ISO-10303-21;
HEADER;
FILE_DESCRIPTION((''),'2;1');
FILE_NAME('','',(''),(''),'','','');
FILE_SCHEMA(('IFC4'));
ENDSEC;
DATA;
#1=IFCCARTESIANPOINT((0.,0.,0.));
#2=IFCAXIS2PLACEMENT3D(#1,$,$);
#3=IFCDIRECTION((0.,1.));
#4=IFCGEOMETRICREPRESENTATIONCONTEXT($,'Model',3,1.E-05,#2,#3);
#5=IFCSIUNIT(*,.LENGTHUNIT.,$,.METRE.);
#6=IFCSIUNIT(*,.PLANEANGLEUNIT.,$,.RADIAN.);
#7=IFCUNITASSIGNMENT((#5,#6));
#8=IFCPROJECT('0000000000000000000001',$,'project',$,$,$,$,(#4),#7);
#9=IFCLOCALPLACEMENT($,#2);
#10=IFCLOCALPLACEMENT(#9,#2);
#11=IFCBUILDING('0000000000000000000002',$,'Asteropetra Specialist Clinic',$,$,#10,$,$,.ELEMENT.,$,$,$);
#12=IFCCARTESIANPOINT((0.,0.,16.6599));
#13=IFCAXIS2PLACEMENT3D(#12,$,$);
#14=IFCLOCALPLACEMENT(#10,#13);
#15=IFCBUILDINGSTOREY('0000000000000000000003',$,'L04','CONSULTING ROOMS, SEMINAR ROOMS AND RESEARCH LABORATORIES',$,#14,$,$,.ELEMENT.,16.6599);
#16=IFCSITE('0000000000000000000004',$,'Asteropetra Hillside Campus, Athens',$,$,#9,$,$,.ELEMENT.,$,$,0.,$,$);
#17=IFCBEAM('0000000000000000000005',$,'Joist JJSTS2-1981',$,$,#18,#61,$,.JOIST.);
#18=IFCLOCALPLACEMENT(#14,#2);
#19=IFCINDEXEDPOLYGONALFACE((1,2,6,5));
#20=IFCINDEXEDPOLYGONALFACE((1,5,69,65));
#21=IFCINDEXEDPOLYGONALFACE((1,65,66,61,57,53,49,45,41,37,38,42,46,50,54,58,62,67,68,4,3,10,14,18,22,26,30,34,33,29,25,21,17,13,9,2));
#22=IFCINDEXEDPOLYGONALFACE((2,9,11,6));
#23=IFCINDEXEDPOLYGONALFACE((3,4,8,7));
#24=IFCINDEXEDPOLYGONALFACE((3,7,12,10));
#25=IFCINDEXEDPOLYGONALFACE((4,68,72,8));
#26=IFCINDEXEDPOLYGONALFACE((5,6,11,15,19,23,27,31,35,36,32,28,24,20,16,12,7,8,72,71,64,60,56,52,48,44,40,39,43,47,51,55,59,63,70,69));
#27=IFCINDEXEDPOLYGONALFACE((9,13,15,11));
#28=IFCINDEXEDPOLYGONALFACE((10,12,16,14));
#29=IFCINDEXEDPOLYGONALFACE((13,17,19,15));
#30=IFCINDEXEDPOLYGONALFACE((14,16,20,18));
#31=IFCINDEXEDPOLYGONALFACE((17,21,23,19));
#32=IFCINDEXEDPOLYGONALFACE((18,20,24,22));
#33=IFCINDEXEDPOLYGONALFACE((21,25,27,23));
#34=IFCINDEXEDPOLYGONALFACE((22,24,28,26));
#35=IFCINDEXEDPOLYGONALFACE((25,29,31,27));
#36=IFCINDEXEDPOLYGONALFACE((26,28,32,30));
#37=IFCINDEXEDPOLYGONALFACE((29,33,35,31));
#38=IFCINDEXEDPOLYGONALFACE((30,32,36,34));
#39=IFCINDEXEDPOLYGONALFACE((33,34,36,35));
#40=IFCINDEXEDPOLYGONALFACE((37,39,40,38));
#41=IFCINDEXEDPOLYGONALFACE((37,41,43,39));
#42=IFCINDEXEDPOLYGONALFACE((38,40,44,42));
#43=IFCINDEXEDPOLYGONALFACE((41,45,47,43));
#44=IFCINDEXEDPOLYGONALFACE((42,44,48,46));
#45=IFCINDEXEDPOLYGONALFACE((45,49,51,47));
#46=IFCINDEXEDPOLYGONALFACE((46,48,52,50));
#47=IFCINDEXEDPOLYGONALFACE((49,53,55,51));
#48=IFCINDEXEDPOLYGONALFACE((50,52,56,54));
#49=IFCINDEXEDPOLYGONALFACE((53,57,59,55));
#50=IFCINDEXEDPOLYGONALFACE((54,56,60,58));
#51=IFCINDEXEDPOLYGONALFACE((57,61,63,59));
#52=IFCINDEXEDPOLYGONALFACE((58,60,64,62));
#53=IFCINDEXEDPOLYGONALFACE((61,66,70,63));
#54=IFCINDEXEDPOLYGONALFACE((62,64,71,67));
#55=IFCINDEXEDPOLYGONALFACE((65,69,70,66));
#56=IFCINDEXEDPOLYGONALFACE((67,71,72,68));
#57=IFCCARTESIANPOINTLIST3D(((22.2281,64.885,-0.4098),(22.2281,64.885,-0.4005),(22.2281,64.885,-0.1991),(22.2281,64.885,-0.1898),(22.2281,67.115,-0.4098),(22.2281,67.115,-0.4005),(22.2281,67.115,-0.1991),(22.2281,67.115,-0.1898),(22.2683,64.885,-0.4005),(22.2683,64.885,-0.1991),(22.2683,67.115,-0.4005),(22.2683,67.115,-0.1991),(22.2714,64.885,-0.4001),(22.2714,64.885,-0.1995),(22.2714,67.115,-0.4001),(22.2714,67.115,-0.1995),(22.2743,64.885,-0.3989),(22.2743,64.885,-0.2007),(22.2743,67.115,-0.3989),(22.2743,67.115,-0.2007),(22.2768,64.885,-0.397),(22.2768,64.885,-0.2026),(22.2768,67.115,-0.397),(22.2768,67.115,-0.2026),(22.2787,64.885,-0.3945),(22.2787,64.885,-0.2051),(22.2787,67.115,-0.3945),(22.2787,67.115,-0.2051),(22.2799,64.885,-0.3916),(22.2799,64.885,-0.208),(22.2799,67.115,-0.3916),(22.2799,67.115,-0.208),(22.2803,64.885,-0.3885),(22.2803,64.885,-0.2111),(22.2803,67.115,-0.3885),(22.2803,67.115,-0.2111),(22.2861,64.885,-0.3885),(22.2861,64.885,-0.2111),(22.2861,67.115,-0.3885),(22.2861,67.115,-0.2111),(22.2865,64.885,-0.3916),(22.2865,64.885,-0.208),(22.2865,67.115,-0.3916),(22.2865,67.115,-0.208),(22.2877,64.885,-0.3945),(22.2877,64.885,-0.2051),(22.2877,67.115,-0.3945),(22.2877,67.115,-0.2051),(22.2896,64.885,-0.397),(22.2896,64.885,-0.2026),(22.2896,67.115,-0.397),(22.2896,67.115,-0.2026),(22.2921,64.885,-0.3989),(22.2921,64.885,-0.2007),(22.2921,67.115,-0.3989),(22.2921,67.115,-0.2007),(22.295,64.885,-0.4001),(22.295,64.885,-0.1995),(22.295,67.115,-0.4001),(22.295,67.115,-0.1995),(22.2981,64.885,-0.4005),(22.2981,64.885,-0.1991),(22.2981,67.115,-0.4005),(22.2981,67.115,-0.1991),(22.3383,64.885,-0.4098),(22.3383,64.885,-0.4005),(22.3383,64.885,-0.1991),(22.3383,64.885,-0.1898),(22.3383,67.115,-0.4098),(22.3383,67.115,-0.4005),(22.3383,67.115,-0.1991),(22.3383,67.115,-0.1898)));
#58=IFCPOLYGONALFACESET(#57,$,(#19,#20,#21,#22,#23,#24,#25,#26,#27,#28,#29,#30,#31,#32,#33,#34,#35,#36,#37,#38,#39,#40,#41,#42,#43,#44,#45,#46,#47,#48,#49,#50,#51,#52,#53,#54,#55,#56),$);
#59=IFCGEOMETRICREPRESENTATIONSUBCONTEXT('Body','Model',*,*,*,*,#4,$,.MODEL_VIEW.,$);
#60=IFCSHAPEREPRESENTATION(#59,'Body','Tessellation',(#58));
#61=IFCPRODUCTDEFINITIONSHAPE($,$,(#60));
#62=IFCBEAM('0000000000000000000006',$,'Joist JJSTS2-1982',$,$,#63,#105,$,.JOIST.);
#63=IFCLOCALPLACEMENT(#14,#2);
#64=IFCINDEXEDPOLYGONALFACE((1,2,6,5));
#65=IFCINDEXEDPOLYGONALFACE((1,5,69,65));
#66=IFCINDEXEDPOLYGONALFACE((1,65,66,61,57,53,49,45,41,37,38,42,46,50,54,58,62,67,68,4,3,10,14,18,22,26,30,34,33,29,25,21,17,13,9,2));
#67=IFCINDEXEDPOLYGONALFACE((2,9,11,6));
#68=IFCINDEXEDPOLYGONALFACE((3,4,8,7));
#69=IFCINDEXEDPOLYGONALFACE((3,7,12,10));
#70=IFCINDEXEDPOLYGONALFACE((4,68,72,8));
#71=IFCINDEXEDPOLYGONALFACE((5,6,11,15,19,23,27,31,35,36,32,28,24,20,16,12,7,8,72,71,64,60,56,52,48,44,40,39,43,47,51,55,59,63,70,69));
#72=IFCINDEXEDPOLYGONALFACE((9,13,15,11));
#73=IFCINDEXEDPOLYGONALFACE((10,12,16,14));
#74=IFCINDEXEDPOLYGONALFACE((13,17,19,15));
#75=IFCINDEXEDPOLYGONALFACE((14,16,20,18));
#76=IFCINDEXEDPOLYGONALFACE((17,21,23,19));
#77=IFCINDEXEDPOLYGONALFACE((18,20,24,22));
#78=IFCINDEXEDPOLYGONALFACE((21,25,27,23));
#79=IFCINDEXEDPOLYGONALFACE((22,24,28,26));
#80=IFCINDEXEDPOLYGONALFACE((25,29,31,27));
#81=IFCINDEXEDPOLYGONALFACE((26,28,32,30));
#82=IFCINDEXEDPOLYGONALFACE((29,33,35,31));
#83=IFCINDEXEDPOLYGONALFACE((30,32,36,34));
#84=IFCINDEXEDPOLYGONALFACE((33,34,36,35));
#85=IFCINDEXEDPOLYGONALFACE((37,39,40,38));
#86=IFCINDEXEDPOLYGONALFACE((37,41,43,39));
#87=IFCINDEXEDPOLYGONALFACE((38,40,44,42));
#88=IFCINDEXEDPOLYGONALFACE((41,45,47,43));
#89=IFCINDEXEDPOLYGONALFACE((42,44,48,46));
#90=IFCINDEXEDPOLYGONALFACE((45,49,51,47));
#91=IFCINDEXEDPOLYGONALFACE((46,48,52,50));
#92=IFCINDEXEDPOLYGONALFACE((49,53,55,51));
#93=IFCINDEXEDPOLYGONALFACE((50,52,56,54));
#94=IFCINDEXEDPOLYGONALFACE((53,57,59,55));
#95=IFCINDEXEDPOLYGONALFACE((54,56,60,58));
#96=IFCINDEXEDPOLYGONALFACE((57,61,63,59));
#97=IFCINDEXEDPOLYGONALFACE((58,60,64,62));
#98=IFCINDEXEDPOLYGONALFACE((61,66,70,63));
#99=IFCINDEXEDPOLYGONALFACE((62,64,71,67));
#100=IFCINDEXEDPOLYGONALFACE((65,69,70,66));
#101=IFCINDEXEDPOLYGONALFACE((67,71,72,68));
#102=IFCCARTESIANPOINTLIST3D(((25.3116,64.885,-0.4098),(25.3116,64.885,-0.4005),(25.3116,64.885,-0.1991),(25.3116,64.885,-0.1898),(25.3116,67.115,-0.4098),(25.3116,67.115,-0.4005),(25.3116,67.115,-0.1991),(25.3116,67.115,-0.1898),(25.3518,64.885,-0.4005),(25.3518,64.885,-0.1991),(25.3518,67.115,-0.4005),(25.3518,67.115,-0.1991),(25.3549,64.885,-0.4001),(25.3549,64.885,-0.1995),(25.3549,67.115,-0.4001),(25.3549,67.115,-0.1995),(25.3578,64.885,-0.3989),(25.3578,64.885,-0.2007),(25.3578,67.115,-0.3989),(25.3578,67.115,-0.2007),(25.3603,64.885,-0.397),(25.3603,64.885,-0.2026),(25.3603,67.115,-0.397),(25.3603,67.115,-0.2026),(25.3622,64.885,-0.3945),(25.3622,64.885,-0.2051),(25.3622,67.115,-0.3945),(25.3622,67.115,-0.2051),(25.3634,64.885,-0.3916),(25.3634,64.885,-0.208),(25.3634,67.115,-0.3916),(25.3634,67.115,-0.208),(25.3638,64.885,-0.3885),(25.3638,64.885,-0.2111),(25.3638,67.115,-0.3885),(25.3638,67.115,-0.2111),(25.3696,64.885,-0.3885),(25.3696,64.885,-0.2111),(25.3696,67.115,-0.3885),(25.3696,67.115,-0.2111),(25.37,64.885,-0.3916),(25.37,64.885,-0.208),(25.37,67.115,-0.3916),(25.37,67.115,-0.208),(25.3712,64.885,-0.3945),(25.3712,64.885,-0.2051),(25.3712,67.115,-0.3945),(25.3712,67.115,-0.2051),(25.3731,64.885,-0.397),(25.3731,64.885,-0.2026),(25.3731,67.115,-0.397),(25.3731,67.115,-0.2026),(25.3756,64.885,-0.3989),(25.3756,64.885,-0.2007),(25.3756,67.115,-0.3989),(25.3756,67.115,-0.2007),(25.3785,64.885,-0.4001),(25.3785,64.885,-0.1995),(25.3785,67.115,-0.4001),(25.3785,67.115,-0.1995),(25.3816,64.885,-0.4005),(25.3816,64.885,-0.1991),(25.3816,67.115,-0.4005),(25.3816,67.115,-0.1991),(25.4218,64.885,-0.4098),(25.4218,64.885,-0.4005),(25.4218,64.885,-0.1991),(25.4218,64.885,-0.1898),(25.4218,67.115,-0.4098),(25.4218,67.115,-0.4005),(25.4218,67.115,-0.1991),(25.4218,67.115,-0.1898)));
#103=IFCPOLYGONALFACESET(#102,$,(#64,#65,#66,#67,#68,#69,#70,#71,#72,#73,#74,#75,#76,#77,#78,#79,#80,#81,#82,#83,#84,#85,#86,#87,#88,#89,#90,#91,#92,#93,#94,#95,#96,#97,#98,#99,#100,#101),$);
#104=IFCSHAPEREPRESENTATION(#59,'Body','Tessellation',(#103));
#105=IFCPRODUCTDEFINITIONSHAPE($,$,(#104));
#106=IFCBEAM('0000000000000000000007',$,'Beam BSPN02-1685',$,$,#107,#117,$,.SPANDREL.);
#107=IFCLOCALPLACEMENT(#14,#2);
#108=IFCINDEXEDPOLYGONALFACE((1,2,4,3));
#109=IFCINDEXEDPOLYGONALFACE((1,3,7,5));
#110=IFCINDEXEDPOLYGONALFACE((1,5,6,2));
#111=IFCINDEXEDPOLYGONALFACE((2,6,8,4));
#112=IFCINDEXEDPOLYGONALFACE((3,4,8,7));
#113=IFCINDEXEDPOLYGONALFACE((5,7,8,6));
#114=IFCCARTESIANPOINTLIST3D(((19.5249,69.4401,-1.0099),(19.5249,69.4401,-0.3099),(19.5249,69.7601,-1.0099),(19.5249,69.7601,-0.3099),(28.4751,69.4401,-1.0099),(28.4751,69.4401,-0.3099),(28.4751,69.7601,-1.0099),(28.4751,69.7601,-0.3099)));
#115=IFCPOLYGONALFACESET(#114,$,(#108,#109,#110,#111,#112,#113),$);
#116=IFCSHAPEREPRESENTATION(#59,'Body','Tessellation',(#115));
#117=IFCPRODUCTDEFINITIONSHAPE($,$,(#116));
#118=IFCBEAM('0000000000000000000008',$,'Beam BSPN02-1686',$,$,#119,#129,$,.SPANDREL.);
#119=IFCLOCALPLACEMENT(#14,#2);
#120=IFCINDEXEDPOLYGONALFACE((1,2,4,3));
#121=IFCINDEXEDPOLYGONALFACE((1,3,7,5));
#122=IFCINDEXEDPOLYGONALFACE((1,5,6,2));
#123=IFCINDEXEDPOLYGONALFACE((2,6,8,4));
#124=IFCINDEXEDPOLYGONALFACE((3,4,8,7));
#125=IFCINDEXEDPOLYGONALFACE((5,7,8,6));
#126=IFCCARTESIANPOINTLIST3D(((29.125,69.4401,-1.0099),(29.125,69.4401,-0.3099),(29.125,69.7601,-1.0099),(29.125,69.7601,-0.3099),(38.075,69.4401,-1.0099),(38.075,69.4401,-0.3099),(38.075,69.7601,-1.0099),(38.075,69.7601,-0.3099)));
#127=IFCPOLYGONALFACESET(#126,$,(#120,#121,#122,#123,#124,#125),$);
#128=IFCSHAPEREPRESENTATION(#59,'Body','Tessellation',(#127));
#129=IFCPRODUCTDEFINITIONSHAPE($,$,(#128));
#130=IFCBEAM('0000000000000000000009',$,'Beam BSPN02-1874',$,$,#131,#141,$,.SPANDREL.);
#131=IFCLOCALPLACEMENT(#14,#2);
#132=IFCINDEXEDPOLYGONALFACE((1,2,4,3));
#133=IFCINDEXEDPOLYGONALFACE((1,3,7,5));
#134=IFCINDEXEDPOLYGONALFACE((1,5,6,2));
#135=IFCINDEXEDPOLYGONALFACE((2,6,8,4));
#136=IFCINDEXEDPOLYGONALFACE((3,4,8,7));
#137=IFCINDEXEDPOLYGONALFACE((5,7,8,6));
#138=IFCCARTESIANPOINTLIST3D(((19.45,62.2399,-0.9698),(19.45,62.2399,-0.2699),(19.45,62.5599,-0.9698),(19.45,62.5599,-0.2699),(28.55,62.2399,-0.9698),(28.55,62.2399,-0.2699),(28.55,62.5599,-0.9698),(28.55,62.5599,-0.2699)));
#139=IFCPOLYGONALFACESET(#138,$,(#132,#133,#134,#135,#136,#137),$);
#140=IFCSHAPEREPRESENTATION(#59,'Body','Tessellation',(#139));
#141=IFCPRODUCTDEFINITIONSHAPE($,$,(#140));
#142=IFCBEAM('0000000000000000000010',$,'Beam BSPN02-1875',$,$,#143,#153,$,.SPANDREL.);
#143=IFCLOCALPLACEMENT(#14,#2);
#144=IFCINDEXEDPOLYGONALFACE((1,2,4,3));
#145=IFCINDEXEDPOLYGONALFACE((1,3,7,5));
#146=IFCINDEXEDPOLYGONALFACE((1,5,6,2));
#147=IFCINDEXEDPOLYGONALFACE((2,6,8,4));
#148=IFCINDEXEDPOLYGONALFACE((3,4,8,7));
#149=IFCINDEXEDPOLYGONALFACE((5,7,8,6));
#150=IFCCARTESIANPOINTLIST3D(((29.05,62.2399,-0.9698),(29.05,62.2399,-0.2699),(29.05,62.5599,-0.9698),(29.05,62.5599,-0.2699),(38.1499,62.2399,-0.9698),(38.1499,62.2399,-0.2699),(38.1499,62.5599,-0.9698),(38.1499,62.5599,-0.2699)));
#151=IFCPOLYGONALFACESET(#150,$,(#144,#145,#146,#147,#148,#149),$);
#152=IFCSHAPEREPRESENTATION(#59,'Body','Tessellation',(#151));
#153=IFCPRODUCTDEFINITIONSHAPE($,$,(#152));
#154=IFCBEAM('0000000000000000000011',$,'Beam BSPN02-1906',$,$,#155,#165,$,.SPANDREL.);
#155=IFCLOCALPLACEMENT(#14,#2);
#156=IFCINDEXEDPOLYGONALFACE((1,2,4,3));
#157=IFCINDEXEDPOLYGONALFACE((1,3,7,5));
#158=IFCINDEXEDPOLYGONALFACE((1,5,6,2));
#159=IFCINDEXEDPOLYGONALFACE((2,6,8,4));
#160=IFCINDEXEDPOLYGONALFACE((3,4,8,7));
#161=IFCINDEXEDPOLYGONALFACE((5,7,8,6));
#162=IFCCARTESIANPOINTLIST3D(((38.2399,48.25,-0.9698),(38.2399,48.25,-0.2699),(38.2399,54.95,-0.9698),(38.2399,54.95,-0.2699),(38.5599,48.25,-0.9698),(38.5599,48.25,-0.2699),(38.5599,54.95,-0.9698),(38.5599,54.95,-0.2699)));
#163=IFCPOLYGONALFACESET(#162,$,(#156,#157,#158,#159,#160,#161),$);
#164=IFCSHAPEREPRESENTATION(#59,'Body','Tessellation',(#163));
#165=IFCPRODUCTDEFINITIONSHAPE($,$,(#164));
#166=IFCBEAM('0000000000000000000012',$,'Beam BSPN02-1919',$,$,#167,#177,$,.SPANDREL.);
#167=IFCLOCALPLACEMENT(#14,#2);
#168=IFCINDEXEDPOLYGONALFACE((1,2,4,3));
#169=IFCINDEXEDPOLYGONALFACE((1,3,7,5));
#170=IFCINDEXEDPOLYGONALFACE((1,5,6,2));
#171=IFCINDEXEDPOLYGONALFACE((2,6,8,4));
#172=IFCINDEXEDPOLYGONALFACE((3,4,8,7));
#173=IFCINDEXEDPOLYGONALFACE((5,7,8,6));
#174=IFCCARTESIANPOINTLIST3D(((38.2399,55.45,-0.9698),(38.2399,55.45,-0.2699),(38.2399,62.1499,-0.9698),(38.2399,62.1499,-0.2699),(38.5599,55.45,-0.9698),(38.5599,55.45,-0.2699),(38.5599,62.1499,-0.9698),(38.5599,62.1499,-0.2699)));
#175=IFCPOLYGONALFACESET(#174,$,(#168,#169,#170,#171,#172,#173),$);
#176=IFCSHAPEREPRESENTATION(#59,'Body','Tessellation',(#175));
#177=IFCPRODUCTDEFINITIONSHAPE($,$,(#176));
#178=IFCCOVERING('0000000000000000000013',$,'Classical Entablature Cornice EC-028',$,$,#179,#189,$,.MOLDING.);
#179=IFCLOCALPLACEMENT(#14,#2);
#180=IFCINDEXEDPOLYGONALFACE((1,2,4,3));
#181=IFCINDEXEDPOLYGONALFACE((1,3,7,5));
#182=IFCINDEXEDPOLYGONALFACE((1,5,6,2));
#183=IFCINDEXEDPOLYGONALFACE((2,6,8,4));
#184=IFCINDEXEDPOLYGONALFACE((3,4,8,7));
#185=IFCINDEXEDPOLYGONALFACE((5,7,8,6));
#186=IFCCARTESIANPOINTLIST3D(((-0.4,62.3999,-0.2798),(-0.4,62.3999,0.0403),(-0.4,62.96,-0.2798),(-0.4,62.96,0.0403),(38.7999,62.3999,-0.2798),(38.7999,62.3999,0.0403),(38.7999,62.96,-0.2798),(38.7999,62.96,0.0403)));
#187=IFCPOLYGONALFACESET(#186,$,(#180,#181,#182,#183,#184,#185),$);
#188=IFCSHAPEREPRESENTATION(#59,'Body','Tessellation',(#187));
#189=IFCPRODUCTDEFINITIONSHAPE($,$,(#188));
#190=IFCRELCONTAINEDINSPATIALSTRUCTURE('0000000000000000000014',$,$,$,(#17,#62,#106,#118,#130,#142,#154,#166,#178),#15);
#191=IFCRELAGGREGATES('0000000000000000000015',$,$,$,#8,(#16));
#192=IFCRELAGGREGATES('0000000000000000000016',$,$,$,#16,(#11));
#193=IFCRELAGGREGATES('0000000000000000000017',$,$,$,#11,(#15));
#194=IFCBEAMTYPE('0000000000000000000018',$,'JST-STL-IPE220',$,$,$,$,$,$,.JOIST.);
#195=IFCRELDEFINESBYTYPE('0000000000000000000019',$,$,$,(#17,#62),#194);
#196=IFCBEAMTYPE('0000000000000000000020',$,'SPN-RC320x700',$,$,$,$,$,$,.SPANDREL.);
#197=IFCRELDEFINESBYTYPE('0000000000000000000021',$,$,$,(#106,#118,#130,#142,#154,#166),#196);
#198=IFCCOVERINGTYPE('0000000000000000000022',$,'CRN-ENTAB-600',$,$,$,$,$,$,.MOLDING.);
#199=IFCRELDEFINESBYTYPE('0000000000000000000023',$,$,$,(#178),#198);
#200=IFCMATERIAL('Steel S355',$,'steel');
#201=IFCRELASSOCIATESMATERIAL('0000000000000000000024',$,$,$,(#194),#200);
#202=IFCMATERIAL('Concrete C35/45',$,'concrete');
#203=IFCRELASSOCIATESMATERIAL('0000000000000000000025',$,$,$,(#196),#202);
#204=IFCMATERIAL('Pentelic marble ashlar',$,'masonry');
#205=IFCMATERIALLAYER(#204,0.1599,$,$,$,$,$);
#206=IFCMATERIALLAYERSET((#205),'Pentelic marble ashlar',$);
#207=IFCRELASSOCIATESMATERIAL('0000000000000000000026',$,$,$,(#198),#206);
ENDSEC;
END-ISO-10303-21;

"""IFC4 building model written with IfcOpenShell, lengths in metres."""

from ifc_helpers import new_model, si_unit, direction, frame, origin, origin_2d, place, context, subcontext, project, spatial, rectangle, i_section, extrude, material, layer, layer_set, material_profile, profile_set, type_object, element, save


model = new_model("IFC4")

# Units and contexts
model_context = context("Model", 3, precision=1e-05, world=origin(), true_north=direction((0.0, 1.0)))
body_context = subcontext(model_context, "Body", "Model", "MODEL_VIEW")
ifc_project = project(units=[si_unit("LENGTHUNIT", "METRE"), si_unit("PLANEANGLEUNIT", "RADIAN")], contexts=[model_context])

# Site, building, storey
site_placement = place(None, origin())
site = spatial("IfcSite", under=ifc_project, at=site_placement, Name="Asteropetra Hillside Campus, Athens", CompositionType="ELEMENT", RefElevation=0.0)
building_placement = place(site_placement, origin())
building = spatial("IfcBuilding", under=site, at=building_placement, Name="Asteropetra Specialist Clinic", CompositionType="ELEMENT")
storey_placement = place(building_placement, frame((0.0, 0.0, 16.6599)))
storey = spatial("IfcBuildingStorey", under=building, at=storey_placement, Name="L04", Description="CONSULTING ROOMS, SEMINAR ROOMS AND RESEARCH LABORATORIES", CompositionType="ELEMENT", Elevation=16.6599)

# Beams
ifc_material_1 = material(Name="Steel S355", Category="steel")
ifc_material_profile_1 = material_profile(ifc_material_1, i_section(OverallWidth=0.1101, OverallDepth=0.22, WebThickness=0.0059, FlangeThickness=0.0093, FilletRadius=0.012, at=origin_2d()), Name="IPE 220")
ifc_profile_set_1 = profile_set([ifc_material_profile_1], Name="Steel S355")
beam_type_1 = type_object("IfcBeamType", Name="JST-STL-IPE220", PredefinedType="JOIST", material=ifc_profile_set_1)
for number, where, z_axis, x_axis, name in (
    (1, (22.2832, 64.885, -0.2998), (0.0, 1.0, 0.0), (-1.0, 0.0, 0.0), "Joist JJSTS2-1981"),
    (2, (25.3667, 64.885, -0.2998), (0.0, 1.0, 0.0), (-1.0, 0.0, 0.0), "Joist JJSTS2-1982"),
):
    element("IfcBeam", number, at=place(storey_placement, frame(where, z_axis=z_axis, x_axis=x_axis)), inside=storey, type_object=beam_type_1, Name=name, PredefinedType="JOIST", context=body_context, shape_type="SweptSolid", body=[
        extrude(i_section(OverallWidth=0.1101, OverallDepth=0.22, WebThickness=0.0059, FlangeThickness=0.0093, FilletRadius=0.012, at=origin_2d()), origin(), (0.0, 0.0, 1.0), 2.23),
    ])
ifc_material_2 = material(Name="Concrete C35/45", Category="concrete")
ifc_material_profile_2 = material_profile(ifc_material_2, rectangle(XDim=0.3201, YDim=0.7, at=origin_2d()), Name="RCS 320x700")
ifc_profile_set_2 = profile_set([ifc_material_profile_2], Name="Concrete C35/45")
beam_type_2 = type_object("IfcBeamType", Name="SPN-RC320x700", PredefinedType="SPANDREL", material=ifc_profile_set_2)
beam_1_placement = place(storey_placement, frame((19.5249, 69.6001, -0.6599), z_axis=(1.0, 0.0, 0.0), x_axis=(0.0, 1.0, 0.0)))
element("IfcBeam", 3, at=beam_1_placement, inside=storey, type_object=beam_type_2, Name="Beam BSPN02-1685", PredefinedType="SPANDREL", context=body_context, shape_type="SweptSolid", body=[
    extrude(rectangle(XDim=0.3201, YDim=0.7, at=origin_2d()), origin(), (0.0, 0.0, 1.0), 8.9502),
])
beam_2_placement = place(storey_placement, frame((29.125, 69.6001, -0.6599), z_axis=(1.0, 0.0, 0.0), x_axis=(0.0, 1.0, 0.0)))
element("IfcBeam", 4, at=beam_2_placement, inside=storey, type_object=beam_type_2, Name="Beam BSPN02-1686", PredefinedType="SPANDREL", context=body_context, shape_type="SweptSolid", body=[
    extrude(rectangle(XDim=0.3201, YDim=0.7, at=origin_2d()), origin(), (0.0, 0.0, 1.0), 8.95),
])
beam_3_placement = place(storey_placement, frame((19.45, 62.3999, -0.6199), z_axis=(1.0, 0.0, 0.0), x_axis=(0.0, 1.0, 0.0)))
element("IfcBeam", 5, at=beam_3_placement, inside=storey, type_object=beam_type_2, Name="Beam BSPN02-1874", PredefinedType="SPANDREL", context=body_context, shape_type="SweptSolid", body=[
    extrude(rectangle(XDim=0.3201, YDim=0.7, at=origin_2d()), origin(), (0.0, 0.0, 1.0), 9.1001),
])
beam_4_placement = place(storey_placement, frame((29.05, 62.3999, -0.6199), z_axis=(1.0, 0.0, 0.0), x_axis=(0.0, 1.0, 0.0)))
element("IfcBeam", 6, at=beam_4_placement, inside=storey, type_object=beam_type_2, Name="Beam BSPN02-1875", PredefinedType="SPANDREL", context=body_context, shape_type="SweptSolid", body=[
    extrude(rectangle(XDim=0.3201, YDim=0.7, at=origin_2d()), origin(), (0.0, 0.0, 1.0), 9.0999),
])
for number, where, z_axis, x_axis, name in (
    (7, (38.3999, 48.25, -0.6199), (0.0, 1.0, 0.0), (-1.0, 0.0, 0.0), "Beam BSPN02-1906"),
    (8, (38.3999, 55.45, -0.6199), (0.0, 1.0, 0.0), (-1.0, 0.0, 0.0), "Beam BSPN02-1919"),
):
    element("IfcBeam", number, at=place(storey_placement, frame(where, z_axis=z_axis, x_axis=x_axis)), inside=storey, type_object=beam_type_2, Name=name, PredefinedType="SPANDREL", context=body_context, shape_type="SweptSolid", body=[
        extrude(rectangle(XDim=0.3201, YDim=0.7, at=origin_2d()), origin(), (0.0, 0.0, 1.0), 6.7),
    ])

# Covering
ifc_material_3 = material(Name="Pentelic marble ashlar", Category="masonry")
ifc_layer = layer(ifc_material_3, 0.1599)
ifc_layer_set = layer_set([ifc_layer], Name="Pentelic marble ashlar")
covering_type = type_object("IfcCoveringType", Name="CRN-ENTAB-600", PredefinedType="MOLDING", material=ifc_layer_set)
covering_placement = place(storey_placement, frame((19.2, 62.6799, -0.2798), z_axis=(0.0, 0.0, 1.0), x_axis=(1.0, 0.0, 0.0)))
element("IfcCovering", 9, at=covering_placement, inside=storey, type_object=covering_type, Name="Classical Entablature Cornice EC-028", PredefinedType="MOLDING", context=body_context, shape_type="SweptSolid", body=[
    extrude(rectangle(XDim=39.2, YDim=0.5601, at=origin_2d()), origin(), (0.0, 0.0, 1.0), 0.3201),
])

save(model, "model.ifc")
